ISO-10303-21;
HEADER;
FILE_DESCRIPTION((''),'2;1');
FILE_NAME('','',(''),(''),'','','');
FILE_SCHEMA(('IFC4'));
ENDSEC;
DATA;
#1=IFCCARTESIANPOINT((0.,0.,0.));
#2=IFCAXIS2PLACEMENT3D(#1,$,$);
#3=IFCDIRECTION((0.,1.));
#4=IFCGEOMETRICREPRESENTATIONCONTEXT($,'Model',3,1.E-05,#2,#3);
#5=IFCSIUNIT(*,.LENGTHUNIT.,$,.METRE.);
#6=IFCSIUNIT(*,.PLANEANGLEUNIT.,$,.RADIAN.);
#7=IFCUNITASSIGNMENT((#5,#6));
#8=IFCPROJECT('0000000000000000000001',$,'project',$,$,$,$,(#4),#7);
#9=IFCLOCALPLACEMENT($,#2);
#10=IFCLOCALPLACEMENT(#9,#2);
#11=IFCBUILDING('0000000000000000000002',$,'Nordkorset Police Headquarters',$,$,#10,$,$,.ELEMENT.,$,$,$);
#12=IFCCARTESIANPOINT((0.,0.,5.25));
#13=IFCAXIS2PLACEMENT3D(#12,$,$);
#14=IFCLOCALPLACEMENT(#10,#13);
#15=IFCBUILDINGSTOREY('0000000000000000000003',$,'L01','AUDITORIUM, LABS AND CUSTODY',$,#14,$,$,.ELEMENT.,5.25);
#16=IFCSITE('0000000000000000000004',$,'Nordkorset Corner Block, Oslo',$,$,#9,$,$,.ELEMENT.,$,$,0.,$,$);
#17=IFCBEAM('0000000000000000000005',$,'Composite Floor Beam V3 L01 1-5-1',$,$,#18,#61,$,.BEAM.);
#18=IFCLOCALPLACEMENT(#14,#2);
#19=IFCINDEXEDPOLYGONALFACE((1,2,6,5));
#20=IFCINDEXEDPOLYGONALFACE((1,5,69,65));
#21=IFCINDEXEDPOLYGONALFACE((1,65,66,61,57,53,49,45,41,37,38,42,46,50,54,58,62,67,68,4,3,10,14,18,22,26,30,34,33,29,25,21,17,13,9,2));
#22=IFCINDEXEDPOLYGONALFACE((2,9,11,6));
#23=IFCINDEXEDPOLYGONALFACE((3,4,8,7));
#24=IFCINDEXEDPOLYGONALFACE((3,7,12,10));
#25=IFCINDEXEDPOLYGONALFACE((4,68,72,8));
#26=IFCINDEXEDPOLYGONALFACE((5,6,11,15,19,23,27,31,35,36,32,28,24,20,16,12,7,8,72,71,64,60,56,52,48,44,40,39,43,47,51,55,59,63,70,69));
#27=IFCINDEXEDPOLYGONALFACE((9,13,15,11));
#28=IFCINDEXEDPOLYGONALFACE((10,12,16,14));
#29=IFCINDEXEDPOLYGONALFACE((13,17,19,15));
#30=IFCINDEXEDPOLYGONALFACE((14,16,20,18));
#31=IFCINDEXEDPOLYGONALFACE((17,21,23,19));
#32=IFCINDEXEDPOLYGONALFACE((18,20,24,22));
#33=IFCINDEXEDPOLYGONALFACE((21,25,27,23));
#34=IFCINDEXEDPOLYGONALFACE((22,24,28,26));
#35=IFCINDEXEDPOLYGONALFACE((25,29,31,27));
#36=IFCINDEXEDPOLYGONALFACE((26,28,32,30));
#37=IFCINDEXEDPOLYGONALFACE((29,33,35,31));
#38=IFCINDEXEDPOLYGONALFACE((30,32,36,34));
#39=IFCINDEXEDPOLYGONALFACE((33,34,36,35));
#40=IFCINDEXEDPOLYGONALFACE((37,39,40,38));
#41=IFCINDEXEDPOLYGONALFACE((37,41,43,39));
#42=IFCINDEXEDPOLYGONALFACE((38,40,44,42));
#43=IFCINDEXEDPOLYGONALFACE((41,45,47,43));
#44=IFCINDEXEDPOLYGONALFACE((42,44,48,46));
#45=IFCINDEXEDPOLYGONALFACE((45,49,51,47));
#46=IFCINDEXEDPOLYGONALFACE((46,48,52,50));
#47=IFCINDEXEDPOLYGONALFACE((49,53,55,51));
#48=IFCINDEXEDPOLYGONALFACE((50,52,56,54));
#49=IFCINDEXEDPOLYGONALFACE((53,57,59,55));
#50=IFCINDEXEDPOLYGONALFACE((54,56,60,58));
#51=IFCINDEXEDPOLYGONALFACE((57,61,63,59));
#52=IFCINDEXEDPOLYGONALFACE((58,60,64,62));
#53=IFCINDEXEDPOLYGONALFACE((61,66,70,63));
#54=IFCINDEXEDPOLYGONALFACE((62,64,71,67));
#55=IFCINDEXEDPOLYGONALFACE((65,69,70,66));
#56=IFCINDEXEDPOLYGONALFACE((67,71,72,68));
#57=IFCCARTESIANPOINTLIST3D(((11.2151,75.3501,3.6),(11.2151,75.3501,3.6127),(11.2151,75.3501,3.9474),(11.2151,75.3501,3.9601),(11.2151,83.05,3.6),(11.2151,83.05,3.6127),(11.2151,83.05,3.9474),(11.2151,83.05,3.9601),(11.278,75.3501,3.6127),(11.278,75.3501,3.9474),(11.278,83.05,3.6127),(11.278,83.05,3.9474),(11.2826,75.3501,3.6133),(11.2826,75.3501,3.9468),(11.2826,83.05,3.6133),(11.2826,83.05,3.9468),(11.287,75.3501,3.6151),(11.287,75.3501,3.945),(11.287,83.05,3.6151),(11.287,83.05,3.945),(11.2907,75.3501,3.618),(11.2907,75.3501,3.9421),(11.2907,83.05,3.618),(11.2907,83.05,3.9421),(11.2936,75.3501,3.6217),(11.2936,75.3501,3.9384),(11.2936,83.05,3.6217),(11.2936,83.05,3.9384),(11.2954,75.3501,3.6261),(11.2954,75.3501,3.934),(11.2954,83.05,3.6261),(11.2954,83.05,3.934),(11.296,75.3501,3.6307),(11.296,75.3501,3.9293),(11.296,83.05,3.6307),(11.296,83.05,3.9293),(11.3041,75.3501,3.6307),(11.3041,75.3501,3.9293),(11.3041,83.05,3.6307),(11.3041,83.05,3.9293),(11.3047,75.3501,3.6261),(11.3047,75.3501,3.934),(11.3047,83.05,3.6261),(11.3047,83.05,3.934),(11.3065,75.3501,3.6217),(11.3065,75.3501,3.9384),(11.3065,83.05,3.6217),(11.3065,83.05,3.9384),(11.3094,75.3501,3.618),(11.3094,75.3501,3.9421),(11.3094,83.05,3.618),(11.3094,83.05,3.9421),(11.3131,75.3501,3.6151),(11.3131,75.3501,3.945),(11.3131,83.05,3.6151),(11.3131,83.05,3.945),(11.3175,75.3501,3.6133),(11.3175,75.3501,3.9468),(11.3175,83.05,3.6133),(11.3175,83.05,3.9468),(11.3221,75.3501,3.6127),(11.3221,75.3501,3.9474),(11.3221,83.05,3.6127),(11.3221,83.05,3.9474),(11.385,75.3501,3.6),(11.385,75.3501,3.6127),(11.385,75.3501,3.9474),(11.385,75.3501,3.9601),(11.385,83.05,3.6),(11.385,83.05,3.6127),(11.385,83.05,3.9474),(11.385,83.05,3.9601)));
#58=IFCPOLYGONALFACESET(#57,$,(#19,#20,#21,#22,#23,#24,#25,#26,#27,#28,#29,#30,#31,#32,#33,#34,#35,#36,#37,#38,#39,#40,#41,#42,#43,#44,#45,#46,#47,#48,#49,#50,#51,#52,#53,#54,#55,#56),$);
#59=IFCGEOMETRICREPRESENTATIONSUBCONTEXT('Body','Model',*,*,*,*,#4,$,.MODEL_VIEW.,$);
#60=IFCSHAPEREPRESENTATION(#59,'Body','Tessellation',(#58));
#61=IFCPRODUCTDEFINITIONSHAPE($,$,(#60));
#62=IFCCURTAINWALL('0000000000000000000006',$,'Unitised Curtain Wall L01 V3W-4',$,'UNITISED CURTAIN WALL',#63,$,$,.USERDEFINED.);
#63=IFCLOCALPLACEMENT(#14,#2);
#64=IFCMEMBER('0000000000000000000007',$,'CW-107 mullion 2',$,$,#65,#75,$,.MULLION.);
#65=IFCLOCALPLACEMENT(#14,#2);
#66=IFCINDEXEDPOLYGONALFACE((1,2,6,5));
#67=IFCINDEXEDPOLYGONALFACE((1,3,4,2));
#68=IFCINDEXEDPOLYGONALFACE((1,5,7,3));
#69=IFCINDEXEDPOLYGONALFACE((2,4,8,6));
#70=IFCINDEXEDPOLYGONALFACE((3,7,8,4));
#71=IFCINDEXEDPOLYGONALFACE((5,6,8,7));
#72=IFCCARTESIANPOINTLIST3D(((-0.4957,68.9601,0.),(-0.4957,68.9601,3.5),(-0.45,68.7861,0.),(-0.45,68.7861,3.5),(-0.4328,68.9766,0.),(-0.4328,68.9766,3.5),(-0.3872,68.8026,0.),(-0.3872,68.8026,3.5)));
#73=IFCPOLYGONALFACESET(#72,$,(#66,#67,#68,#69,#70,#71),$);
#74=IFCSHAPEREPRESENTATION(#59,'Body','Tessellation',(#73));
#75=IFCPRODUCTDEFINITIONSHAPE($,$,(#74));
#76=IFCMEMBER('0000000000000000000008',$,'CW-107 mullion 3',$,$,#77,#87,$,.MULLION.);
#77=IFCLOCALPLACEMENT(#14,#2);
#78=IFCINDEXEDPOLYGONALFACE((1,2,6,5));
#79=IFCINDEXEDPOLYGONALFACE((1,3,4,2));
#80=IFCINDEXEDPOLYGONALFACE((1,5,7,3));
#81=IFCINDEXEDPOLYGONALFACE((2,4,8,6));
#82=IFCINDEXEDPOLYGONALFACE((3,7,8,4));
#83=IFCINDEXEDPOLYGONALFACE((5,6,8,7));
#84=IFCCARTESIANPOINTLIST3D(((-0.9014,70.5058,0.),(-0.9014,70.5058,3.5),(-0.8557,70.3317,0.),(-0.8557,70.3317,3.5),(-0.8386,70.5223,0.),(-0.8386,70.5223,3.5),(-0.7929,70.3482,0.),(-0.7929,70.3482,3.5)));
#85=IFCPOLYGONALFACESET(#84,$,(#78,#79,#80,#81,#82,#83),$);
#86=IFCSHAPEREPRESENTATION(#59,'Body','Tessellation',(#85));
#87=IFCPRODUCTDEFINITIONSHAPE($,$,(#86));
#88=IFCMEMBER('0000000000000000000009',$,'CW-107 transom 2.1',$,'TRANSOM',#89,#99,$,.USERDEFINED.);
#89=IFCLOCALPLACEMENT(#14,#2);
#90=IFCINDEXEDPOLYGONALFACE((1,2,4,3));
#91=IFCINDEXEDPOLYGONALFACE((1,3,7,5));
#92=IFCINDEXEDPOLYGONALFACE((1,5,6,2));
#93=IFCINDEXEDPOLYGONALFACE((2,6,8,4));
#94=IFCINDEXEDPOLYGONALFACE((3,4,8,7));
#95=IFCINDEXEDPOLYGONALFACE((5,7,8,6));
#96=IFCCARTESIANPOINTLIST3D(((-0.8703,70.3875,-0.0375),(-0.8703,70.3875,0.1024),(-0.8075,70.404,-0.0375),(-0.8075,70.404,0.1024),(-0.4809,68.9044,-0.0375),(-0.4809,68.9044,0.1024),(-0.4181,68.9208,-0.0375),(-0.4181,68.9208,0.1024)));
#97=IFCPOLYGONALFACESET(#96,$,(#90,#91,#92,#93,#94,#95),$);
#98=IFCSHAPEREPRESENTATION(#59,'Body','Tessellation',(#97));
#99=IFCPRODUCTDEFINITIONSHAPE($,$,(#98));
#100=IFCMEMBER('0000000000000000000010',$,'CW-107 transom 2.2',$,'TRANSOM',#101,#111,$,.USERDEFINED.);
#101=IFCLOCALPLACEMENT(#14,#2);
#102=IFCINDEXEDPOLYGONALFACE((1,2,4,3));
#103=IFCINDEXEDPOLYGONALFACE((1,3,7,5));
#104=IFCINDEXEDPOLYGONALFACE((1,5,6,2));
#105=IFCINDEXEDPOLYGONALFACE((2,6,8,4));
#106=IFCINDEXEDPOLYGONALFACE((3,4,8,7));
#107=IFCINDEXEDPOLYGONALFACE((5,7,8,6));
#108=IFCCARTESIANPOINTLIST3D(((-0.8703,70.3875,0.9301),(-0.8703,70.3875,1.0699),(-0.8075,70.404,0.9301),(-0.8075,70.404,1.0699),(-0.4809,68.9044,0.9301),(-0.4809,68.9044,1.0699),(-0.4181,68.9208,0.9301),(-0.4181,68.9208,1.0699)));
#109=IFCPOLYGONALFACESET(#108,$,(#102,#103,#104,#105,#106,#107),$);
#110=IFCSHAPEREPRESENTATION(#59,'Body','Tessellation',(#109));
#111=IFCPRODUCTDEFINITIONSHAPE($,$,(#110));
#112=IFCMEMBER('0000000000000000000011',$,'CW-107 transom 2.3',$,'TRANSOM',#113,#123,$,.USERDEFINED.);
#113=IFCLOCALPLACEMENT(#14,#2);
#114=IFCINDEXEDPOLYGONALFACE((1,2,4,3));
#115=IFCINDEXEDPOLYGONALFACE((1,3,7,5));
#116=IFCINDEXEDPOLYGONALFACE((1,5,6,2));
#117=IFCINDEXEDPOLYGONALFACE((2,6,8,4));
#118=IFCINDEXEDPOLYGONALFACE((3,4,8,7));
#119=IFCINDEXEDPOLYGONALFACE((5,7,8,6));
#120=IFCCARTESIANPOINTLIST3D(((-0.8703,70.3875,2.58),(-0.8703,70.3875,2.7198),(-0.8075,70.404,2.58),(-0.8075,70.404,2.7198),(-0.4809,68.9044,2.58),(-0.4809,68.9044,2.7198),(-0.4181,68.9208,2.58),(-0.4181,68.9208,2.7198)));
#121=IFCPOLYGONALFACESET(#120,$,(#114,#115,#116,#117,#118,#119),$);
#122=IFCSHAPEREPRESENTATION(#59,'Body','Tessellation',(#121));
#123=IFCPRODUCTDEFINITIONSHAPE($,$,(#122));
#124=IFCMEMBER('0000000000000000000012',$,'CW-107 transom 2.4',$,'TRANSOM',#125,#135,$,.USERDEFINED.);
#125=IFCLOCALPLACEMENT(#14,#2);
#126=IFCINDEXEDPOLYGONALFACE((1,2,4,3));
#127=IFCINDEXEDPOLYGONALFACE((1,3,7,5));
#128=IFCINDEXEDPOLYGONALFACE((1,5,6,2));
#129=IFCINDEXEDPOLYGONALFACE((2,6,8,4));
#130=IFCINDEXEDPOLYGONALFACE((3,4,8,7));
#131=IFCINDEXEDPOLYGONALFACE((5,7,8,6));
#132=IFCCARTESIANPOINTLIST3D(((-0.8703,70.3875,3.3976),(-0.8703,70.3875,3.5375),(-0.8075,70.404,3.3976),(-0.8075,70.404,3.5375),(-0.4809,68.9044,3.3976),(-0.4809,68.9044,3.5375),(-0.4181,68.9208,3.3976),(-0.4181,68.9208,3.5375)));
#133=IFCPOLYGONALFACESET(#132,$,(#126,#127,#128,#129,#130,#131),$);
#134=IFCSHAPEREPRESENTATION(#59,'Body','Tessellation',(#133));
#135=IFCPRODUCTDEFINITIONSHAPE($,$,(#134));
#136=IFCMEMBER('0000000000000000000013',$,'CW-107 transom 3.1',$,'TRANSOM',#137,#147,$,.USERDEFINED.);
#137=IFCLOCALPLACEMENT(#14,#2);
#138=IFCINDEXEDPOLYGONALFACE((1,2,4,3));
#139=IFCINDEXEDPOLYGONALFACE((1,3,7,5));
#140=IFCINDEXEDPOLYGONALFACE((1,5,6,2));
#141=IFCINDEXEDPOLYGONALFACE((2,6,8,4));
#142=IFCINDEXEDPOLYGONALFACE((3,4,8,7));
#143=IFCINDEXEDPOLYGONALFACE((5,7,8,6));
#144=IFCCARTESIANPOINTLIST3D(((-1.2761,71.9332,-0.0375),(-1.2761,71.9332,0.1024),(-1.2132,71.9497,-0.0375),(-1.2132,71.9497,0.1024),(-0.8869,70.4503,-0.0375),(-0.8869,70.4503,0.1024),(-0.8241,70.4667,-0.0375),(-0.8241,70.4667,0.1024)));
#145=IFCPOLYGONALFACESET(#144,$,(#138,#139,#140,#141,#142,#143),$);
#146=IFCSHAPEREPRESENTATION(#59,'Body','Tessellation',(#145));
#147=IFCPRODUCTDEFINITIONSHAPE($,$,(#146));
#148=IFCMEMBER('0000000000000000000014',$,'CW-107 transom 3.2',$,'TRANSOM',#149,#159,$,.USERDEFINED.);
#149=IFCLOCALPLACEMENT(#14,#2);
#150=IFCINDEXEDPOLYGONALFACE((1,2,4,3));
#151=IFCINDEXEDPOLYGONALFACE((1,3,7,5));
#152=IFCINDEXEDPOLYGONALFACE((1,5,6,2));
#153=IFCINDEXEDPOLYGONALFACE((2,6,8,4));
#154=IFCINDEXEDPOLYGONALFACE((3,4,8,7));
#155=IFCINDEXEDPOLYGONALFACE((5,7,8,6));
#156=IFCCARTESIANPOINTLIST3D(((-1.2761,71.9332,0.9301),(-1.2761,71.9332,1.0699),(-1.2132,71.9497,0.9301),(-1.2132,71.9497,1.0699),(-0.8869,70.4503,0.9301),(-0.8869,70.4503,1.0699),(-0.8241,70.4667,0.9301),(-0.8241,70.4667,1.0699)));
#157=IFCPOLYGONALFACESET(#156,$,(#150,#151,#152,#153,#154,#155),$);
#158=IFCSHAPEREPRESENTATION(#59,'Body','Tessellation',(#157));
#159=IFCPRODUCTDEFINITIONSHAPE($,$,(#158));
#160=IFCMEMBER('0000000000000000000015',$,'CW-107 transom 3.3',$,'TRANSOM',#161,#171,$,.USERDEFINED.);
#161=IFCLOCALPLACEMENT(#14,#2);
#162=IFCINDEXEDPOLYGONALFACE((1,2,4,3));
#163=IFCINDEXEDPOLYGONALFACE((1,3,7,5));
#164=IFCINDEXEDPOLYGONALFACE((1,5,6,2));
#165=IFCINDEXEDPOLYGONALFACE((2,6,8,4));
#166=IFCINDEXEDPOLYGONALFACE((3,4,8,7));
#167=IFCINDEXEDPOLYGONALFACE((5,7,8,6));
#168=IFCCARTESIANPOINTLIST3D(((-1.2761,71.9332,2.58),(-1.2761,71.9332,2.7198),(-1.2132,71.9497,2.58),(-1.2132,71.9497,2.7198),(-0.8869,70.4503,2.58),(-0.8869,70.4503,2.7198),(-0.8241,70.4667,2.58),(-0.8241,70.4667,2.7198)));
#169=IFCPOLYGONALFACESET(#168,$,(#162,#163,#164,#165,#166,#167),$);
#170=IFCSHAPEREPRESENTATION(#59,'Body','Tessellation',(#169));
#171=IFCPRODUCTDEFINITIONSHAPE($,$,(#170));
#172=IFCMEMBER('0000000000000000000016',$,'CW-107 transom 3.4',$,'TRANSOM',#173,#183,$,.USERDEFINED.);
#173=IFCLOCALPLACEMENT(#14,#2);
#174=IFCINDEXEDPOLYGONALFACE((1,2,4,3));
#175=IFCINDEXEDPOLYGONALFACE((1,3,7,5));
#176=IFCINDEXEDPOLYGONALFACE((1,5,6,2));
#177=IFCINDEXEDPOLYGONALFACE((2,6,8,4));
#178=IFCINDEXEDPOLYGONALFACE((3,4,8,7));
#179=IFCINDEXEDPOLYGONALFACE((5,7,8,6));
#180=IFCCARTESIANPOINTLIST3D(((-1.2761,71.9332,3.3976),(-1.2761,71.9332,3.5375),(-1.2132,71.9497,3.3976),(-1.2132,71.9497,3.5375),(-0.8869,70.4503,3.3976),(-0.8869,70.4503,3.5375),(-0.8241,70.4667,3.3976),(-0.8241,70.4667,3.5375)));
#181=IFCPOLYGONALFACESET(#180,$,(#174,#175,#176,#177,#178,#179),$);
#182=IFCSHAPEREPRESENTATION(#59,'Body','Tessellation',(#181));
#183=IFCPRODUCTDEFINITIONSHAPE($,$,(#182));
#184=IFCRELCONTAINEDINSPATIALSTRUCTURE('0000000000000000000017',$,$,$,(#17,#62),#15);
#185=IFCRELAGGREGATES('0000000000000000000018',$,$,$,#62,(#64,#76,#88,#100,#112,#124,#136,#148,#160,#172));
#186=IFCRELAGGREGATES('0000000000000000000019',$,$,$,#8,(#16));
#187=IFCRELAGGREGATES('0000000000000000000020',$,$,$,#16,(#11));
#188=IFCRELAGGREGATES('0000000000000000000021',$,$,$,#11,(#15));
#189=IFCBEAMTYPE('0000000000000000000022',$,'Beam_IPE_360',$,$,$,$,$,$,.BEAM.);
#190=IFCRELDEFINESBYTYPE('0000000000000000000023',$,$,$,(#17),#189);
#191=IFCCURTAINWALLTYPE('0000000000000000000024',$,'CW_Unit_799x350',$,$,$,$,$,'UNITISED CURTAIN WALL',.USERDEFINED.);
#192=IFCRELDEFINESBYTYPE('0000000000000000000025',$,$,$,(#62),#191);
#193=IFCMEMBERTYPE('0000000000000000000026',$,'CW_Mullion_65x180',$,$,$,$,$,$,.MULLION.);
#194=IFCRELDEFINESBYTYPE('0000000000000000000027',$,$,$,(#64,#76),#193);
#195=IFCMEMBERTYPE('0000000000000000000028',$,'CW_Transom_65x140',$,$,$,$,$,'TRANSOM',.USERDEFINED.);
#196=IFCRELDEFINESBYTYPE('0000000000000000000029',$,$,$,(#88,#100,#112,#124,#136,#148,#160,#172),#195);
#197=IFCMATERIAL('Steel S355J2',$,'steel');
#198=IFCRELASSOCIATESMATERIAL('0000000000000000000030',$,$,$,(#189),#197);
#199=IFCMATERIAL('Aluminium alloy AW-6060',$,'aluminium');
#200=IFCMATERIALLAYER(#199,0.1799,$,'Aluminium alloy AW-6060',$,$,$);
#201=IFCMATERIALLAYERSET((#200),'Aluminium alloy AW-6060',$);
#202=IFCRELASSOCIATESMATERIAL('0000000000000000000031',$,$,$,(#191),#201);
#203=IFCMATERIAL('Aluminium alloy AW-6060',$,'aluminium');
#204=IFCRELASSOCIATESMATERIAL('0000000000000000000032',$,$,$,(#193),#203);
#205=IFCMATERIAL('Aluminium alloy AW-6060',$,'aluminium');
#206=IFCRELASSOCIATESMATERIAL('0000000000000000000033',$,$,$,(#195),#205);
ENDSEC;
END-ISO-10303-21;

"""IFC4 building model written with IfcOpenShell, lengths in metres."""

from ifc_helpers import new_model, si_unit, direction, frame, origin, origin_2d, place, context, subcontext, project, spatial, rectangle, i_section, extrude, material, layer, layer_set, material_profile, profile_set, type_object, element, aggregate, save


model = new_model("IFC4")

# Units and contexts
model_context = context("Model", 3, precision=1e-05, world=origin(), true_north=direction((0.0, 1.0)))
body_context = subcontext(model_context, "Body", "Model", "MODEL_VIEW")
ifc_project = project(units=[si_unit("LENGTHUNIT", "METRE"), si_unit("PLANEANGLEUNIT", "RADIAN")], contexts=[model_context])

# Site, building, storey
site_placement = place(None, origin())
site = spatial("IfcSite", under=ifc_project, at=site_placement, Name="Nordkorset Corner Block, Oslo", CompositionType="ELEMENT", RefElevation=0.0)
building_placement = place(site_placement, origin())
building = spatial("IfcBuilding", under=site, at=building_placement, Name="Nordkorset Police Headquarters", CompositionType="ELEMENT")
storey_placement = place(building_placement, frame((0.0, 0.0, 5.25)))
storey = spatial("IfcBuildingStorey", under=building, at=storey_placement, Name="L01", Description="AUDITORIUM, LABS AND CUSTODY", CompositionType="ELEMENT", Elevation=5.25)

# Beam
ifc_material_1 = material(Name="Steel S355J2", Category="steel")
ifc_material_profile_1 = material_profile(ifc_material_1, i_section(OverallWidth=0.1699, OverallDepth=0.3601, WebThickness=0.0081, FlangeThickness=0.0127, FilletRadius=0.0181, at=origin_2d()), Name="IPE 360")
ifc_profile_set_1 = profile_set([ifc_material_profile_1], Name="Steel S355J2")
beam_type_1 = type_object("IfcBeamType", Name="Beam_IPE_360", PredefinedType="BEAM", material=ifc_profile_set_1)
beam_1_placement = place(storey_placement, frame((11.3, 75.3501, 3.78), z_axis=(0.0, 1.0, 0.0), x_axis=(-1.0, 0.0, 0.0)))
element("IfcBeam", 1, at=beam_1_placement, inside=storey, type_object=beam_type_1, Name="Composite Floor Beam V3 L01 1-5-1", PredefinedType="BEAM", context=body_context, shape_type="SweptSolid", body=[
    extrude(i_section(OverallWidth=0.1699, OverallDepth=0.3601, WebThickness=0.0081, FlangeThickness=0.0127, FilletRadius=0.0181, at=origin_2d()), origin(), (0.0, 0.0, 1.0), 7.7),
])

# Curtain wall, members
ifc_material_2 = material(Name="Aluminium alloy AW-6060", Category="aluminium")
ifc_layer_1 = layer(ifc_material_2, 0.1799, Name="Aluminium alloy AW-6060")
ifc_layer_set_1 = layer_set([ifc_layer_1], Name="Aluminium alloy AW-6060")
curtain_wall_type = type_object("IfcCurtainWallType", Name="CW_Unit_799x350", ElementType="UNITISED CURTAIN WALL", PredefinedType="USERDEFINED", material=ifc_layer_set_1)
curtain_wall_placement = place(storey_placement, origin())
curtain_wall = element("IfcCurtainWall", 2, at=curtain_wall_placement, inside=storey, type_object=curtain_wall_type, Name="Unitised Curtain Wall L01 V3W-4", ObjectType="UNITISED CURTAIN WALL", PredefinedType="USERDEFINED")
ifc_material_3 = material(Name="Aluminium alloy AW-6060", Category="aluminium")
ifc_material_profile_2 = material_profile(ifc_material_3, rectangle(XDim=0.0649, YDim=0.1799, at=origin_2d()), Name="ALU MULL 65x180")
ifc_profile_set_2 = profile_set([ifc_material_profile_2], Name="Aluminium alloy AW-6060")
member_type_1 = type_object("IfcMemberType", Name="CW_Mullion_65x180", PredefinedType="MULLION", material=ifc_profile_set_2)
member_1_placement = place(storey_placement, frame((-0.4414, 68.8813, 0.0), z_axis=(0.0, 0.0, 1.0), x_axis=(-0.967231, -0.253897, 0.0)))
member_1 = element("IfcMember", 3, at=member_1_placement, type_object=member_type_1, Name="CW-107 mullion 2", PredefinedType="MULLION", context=body_context, shape_type="SweptSolid", body=[
    extrude(rectangle(XDim=0.0649, YDim=0.1799, at=origin_2d()), origin(), (0.0, 0.0, 1.0), 3.5),
])
member_2_placement = place(storey_placement, frame((-0.8472, 70.427, 0.0), z_axis=(0.0, 0.0, 1.0), x_axis=(-0.967231, -0.253897, 0.0)))
member_2 = element("IfcMember", 4, at=member_2_placement, type_object=member_type_1, Name="CW-107 mullion 3", PredefinedType="MULLION", context=body_context, shape_type="SweptSolid", body=[
    extrude(rectangle(XDim=0.0649, YDim=0.1799, at=origin_2d()), origin(), (0.0, 0.0, 1.0), 3.5),
])
ifc_material_4 = material(Name="Aluminium alloy AW-6060", Category="aluminium")
ifc_material_profile_3 = material_profile(ifc_material_4, rectangle(XDim=0.0649, YDim=0.1399, at=origin_2d()), Name="ALU TRAN 65x140")
ifc_profile_set_3 = profile_set([ifc_material_profile_3], Name="Aluminium alloy AW-6060")
member_type_2 = type_object("IfcMemberType", Name="CW_Transom_65x140", ElementType="TRANSOM", PredefinedType="USERDEFINED", material=ifc_profile_set_3)
member_3_placement = place(storey_placement, frame((-0.4495, 68.9126, 0.0325), z_axis=(-0.253945, 0.967219, 0.0), x_axis=(-0.967219, -0.253945, 0.0)))
member_3 = element("IfcMember", 5, at=member_3_placement, type_object=member_type_2, Name="CW-107 transom 2.1", ObjectType="TRANSOM", PredefinedType="USERDEFINED", context=body_context, shape_type="SweptSolid", body=[
    extrude(rectangle(XDim=0.0649, YDim=0.1399, at=origin_2d()), origin(), (0.0, 0.0, 1.0), 1.5334),
])
member_4_placement = place(storey_placement, frame((-0.4495, 68.9126, 1.0), z_axis=(-0.253945, 0.967219, 0.0), x_axis=(-0.967219, -0.253945, 0.0)))
member_4 = element("IfcMember", 6, at=member_4_placement, type_object=member_type_2, Name="CW-107 transom 2.2", ObjectType="TRANSOM", PredefinedType="USERDEFINED", context=body_context, shape_type="SweptSolid", body=[
    extrude(rectangle(XDim=0.0649, YDim=0.1399, at=origin_2d()), origin(), (0.0, 0.0, 1.0), 1.5334),
])
member_5_placement = place(storey_placement, frame((-0.4495, 68.9126, 2.6499), z_axis=(-0.253945, 0.967219, 0.0), x_axis=(-0.967219, -0.253945, 0.0)))
member_5 = element("IfcMember", 7, at=member_5_placement, type_object=member_type_2, Name="CW-107 transom 2.3", ObjectType="TRANSOM", PredefinedType="USERDEFINED", context=body_context, shape_type="SweptSolid", body=[
    extrude(rectangle(XDim=0.0649, YDim=0.1399, at=origin_2d()), origin(), (0.0, 0.0, 1.0), 1.5334),
])
member_6_placement = place(storey_placement, frame((-0.4495, 68.9126, 3.4675), z_axis=(-0.253945, 0.967219, 0.0), x_axis=(-0.967219, -0.253945, 0.0)))
member_6 = element("IfcMember", 8, at=member_6_placement, type_object=member_type_2, Name="CW-107 transom 2.4", ObjectType="TRANSOM", PredefinedType="USERDEFINED", context=body_context, shape_type="SweptSolid", body=[
    extrude(rectangle(XDim=0.0649, YDim=0.1399, at=origin_2d()), origin(), (0.0, 0.0, 1.0), 1.5334),
])
member_7_placement = place(storey_placement, frame((-0.8555, 70.4585, 0.0325), z_axis=(-0.253835, 0.967248, 0.0), x_axis=(-0.967248, -0.253835, 0.0)))
member_7 = element("IfcMember", 9, at=member_7_placement, type_object=member_type_2, Name="CW-107 transom 3.1", ObjectType="TRANSOM", PredefinedType="USERDEFINED", context=body_context, shape_type="SweptSolid", body=[
    extrude(rectangle(XDim=0.0649, YDim=0.1399, at=origin_2d()), origin(), (0.0, 0.0, 1.0), 1.5332),
])
member_8_placement = place(storey_placement, frame((-0.8555, 70.4585, 1.0), z_axis=(-0.253835, 0.967248, 0.0), x_axis=(-0.967248, -0.253835, 0.0)))
member_8 = element("IfcMember", 10, at=member_8_placement, type_object=member_type_2, Name="CW-107 transom 3.2", ObjectType="TRANSOM", PredefinedType="USERDEFINED", context=body_context, shape_type="SweptSolid", body=[
    extrude(rectangle(XDim=0.0649, YDim=0.1399, at=origin_2d()), origin(), (0.0, 0.0, 1.0), 1.5332),
])
member_9_placement = place(storey_placement, frame((-0.8555, 70.4585, 2.6499), z_axis=(-0.253835, 0.967248, 0.0), x_axis=(-0.967248, -0.253835, 0.0)))
member_9 = element("IfcMember", 11, at=member_9_placement, type_object=member_type_2, Name="CW-107 transom 3.3", ObjectType="TRANSOM", PredefinedType="USERDEFINED", context=body_context, shape_type="SweptSolid", body=[
    extrude(rectangle(XDim=0.0649, YDim=0.1399, at=origin_2d()), origin(), (0.0, 0.0, 1.0), 1.5332),
])
member_10_placement = place(storey_placement, frame((-0.8555, 70.4585, 3.4675), z_axis=(-0.253835, 0.967248, 0.0), x_axis=(-0.967248, -0.253835, 0.0)))
member_10 = element("IfcMember", 12, at=member_10_placement, type_object=member_type_2, Name="CW-107 transom 3.4", ObjectType="TRANSOM", PredefinedType="USERDEFINED", context=body_context, shape_type="SweptSolid", body=[
    extrude(rectangle(XDim=0.0649, YDim=0.1399, at=origin_2d()), origin(), (0.0, 0.0, 1.0), 1.5332),
])

aggregate(curtain_wall, [member_1, member_2, member_3, member_4, member_5, member_6, member_7, member_8, member_9, member_10])

save(model, "model.ifc")
